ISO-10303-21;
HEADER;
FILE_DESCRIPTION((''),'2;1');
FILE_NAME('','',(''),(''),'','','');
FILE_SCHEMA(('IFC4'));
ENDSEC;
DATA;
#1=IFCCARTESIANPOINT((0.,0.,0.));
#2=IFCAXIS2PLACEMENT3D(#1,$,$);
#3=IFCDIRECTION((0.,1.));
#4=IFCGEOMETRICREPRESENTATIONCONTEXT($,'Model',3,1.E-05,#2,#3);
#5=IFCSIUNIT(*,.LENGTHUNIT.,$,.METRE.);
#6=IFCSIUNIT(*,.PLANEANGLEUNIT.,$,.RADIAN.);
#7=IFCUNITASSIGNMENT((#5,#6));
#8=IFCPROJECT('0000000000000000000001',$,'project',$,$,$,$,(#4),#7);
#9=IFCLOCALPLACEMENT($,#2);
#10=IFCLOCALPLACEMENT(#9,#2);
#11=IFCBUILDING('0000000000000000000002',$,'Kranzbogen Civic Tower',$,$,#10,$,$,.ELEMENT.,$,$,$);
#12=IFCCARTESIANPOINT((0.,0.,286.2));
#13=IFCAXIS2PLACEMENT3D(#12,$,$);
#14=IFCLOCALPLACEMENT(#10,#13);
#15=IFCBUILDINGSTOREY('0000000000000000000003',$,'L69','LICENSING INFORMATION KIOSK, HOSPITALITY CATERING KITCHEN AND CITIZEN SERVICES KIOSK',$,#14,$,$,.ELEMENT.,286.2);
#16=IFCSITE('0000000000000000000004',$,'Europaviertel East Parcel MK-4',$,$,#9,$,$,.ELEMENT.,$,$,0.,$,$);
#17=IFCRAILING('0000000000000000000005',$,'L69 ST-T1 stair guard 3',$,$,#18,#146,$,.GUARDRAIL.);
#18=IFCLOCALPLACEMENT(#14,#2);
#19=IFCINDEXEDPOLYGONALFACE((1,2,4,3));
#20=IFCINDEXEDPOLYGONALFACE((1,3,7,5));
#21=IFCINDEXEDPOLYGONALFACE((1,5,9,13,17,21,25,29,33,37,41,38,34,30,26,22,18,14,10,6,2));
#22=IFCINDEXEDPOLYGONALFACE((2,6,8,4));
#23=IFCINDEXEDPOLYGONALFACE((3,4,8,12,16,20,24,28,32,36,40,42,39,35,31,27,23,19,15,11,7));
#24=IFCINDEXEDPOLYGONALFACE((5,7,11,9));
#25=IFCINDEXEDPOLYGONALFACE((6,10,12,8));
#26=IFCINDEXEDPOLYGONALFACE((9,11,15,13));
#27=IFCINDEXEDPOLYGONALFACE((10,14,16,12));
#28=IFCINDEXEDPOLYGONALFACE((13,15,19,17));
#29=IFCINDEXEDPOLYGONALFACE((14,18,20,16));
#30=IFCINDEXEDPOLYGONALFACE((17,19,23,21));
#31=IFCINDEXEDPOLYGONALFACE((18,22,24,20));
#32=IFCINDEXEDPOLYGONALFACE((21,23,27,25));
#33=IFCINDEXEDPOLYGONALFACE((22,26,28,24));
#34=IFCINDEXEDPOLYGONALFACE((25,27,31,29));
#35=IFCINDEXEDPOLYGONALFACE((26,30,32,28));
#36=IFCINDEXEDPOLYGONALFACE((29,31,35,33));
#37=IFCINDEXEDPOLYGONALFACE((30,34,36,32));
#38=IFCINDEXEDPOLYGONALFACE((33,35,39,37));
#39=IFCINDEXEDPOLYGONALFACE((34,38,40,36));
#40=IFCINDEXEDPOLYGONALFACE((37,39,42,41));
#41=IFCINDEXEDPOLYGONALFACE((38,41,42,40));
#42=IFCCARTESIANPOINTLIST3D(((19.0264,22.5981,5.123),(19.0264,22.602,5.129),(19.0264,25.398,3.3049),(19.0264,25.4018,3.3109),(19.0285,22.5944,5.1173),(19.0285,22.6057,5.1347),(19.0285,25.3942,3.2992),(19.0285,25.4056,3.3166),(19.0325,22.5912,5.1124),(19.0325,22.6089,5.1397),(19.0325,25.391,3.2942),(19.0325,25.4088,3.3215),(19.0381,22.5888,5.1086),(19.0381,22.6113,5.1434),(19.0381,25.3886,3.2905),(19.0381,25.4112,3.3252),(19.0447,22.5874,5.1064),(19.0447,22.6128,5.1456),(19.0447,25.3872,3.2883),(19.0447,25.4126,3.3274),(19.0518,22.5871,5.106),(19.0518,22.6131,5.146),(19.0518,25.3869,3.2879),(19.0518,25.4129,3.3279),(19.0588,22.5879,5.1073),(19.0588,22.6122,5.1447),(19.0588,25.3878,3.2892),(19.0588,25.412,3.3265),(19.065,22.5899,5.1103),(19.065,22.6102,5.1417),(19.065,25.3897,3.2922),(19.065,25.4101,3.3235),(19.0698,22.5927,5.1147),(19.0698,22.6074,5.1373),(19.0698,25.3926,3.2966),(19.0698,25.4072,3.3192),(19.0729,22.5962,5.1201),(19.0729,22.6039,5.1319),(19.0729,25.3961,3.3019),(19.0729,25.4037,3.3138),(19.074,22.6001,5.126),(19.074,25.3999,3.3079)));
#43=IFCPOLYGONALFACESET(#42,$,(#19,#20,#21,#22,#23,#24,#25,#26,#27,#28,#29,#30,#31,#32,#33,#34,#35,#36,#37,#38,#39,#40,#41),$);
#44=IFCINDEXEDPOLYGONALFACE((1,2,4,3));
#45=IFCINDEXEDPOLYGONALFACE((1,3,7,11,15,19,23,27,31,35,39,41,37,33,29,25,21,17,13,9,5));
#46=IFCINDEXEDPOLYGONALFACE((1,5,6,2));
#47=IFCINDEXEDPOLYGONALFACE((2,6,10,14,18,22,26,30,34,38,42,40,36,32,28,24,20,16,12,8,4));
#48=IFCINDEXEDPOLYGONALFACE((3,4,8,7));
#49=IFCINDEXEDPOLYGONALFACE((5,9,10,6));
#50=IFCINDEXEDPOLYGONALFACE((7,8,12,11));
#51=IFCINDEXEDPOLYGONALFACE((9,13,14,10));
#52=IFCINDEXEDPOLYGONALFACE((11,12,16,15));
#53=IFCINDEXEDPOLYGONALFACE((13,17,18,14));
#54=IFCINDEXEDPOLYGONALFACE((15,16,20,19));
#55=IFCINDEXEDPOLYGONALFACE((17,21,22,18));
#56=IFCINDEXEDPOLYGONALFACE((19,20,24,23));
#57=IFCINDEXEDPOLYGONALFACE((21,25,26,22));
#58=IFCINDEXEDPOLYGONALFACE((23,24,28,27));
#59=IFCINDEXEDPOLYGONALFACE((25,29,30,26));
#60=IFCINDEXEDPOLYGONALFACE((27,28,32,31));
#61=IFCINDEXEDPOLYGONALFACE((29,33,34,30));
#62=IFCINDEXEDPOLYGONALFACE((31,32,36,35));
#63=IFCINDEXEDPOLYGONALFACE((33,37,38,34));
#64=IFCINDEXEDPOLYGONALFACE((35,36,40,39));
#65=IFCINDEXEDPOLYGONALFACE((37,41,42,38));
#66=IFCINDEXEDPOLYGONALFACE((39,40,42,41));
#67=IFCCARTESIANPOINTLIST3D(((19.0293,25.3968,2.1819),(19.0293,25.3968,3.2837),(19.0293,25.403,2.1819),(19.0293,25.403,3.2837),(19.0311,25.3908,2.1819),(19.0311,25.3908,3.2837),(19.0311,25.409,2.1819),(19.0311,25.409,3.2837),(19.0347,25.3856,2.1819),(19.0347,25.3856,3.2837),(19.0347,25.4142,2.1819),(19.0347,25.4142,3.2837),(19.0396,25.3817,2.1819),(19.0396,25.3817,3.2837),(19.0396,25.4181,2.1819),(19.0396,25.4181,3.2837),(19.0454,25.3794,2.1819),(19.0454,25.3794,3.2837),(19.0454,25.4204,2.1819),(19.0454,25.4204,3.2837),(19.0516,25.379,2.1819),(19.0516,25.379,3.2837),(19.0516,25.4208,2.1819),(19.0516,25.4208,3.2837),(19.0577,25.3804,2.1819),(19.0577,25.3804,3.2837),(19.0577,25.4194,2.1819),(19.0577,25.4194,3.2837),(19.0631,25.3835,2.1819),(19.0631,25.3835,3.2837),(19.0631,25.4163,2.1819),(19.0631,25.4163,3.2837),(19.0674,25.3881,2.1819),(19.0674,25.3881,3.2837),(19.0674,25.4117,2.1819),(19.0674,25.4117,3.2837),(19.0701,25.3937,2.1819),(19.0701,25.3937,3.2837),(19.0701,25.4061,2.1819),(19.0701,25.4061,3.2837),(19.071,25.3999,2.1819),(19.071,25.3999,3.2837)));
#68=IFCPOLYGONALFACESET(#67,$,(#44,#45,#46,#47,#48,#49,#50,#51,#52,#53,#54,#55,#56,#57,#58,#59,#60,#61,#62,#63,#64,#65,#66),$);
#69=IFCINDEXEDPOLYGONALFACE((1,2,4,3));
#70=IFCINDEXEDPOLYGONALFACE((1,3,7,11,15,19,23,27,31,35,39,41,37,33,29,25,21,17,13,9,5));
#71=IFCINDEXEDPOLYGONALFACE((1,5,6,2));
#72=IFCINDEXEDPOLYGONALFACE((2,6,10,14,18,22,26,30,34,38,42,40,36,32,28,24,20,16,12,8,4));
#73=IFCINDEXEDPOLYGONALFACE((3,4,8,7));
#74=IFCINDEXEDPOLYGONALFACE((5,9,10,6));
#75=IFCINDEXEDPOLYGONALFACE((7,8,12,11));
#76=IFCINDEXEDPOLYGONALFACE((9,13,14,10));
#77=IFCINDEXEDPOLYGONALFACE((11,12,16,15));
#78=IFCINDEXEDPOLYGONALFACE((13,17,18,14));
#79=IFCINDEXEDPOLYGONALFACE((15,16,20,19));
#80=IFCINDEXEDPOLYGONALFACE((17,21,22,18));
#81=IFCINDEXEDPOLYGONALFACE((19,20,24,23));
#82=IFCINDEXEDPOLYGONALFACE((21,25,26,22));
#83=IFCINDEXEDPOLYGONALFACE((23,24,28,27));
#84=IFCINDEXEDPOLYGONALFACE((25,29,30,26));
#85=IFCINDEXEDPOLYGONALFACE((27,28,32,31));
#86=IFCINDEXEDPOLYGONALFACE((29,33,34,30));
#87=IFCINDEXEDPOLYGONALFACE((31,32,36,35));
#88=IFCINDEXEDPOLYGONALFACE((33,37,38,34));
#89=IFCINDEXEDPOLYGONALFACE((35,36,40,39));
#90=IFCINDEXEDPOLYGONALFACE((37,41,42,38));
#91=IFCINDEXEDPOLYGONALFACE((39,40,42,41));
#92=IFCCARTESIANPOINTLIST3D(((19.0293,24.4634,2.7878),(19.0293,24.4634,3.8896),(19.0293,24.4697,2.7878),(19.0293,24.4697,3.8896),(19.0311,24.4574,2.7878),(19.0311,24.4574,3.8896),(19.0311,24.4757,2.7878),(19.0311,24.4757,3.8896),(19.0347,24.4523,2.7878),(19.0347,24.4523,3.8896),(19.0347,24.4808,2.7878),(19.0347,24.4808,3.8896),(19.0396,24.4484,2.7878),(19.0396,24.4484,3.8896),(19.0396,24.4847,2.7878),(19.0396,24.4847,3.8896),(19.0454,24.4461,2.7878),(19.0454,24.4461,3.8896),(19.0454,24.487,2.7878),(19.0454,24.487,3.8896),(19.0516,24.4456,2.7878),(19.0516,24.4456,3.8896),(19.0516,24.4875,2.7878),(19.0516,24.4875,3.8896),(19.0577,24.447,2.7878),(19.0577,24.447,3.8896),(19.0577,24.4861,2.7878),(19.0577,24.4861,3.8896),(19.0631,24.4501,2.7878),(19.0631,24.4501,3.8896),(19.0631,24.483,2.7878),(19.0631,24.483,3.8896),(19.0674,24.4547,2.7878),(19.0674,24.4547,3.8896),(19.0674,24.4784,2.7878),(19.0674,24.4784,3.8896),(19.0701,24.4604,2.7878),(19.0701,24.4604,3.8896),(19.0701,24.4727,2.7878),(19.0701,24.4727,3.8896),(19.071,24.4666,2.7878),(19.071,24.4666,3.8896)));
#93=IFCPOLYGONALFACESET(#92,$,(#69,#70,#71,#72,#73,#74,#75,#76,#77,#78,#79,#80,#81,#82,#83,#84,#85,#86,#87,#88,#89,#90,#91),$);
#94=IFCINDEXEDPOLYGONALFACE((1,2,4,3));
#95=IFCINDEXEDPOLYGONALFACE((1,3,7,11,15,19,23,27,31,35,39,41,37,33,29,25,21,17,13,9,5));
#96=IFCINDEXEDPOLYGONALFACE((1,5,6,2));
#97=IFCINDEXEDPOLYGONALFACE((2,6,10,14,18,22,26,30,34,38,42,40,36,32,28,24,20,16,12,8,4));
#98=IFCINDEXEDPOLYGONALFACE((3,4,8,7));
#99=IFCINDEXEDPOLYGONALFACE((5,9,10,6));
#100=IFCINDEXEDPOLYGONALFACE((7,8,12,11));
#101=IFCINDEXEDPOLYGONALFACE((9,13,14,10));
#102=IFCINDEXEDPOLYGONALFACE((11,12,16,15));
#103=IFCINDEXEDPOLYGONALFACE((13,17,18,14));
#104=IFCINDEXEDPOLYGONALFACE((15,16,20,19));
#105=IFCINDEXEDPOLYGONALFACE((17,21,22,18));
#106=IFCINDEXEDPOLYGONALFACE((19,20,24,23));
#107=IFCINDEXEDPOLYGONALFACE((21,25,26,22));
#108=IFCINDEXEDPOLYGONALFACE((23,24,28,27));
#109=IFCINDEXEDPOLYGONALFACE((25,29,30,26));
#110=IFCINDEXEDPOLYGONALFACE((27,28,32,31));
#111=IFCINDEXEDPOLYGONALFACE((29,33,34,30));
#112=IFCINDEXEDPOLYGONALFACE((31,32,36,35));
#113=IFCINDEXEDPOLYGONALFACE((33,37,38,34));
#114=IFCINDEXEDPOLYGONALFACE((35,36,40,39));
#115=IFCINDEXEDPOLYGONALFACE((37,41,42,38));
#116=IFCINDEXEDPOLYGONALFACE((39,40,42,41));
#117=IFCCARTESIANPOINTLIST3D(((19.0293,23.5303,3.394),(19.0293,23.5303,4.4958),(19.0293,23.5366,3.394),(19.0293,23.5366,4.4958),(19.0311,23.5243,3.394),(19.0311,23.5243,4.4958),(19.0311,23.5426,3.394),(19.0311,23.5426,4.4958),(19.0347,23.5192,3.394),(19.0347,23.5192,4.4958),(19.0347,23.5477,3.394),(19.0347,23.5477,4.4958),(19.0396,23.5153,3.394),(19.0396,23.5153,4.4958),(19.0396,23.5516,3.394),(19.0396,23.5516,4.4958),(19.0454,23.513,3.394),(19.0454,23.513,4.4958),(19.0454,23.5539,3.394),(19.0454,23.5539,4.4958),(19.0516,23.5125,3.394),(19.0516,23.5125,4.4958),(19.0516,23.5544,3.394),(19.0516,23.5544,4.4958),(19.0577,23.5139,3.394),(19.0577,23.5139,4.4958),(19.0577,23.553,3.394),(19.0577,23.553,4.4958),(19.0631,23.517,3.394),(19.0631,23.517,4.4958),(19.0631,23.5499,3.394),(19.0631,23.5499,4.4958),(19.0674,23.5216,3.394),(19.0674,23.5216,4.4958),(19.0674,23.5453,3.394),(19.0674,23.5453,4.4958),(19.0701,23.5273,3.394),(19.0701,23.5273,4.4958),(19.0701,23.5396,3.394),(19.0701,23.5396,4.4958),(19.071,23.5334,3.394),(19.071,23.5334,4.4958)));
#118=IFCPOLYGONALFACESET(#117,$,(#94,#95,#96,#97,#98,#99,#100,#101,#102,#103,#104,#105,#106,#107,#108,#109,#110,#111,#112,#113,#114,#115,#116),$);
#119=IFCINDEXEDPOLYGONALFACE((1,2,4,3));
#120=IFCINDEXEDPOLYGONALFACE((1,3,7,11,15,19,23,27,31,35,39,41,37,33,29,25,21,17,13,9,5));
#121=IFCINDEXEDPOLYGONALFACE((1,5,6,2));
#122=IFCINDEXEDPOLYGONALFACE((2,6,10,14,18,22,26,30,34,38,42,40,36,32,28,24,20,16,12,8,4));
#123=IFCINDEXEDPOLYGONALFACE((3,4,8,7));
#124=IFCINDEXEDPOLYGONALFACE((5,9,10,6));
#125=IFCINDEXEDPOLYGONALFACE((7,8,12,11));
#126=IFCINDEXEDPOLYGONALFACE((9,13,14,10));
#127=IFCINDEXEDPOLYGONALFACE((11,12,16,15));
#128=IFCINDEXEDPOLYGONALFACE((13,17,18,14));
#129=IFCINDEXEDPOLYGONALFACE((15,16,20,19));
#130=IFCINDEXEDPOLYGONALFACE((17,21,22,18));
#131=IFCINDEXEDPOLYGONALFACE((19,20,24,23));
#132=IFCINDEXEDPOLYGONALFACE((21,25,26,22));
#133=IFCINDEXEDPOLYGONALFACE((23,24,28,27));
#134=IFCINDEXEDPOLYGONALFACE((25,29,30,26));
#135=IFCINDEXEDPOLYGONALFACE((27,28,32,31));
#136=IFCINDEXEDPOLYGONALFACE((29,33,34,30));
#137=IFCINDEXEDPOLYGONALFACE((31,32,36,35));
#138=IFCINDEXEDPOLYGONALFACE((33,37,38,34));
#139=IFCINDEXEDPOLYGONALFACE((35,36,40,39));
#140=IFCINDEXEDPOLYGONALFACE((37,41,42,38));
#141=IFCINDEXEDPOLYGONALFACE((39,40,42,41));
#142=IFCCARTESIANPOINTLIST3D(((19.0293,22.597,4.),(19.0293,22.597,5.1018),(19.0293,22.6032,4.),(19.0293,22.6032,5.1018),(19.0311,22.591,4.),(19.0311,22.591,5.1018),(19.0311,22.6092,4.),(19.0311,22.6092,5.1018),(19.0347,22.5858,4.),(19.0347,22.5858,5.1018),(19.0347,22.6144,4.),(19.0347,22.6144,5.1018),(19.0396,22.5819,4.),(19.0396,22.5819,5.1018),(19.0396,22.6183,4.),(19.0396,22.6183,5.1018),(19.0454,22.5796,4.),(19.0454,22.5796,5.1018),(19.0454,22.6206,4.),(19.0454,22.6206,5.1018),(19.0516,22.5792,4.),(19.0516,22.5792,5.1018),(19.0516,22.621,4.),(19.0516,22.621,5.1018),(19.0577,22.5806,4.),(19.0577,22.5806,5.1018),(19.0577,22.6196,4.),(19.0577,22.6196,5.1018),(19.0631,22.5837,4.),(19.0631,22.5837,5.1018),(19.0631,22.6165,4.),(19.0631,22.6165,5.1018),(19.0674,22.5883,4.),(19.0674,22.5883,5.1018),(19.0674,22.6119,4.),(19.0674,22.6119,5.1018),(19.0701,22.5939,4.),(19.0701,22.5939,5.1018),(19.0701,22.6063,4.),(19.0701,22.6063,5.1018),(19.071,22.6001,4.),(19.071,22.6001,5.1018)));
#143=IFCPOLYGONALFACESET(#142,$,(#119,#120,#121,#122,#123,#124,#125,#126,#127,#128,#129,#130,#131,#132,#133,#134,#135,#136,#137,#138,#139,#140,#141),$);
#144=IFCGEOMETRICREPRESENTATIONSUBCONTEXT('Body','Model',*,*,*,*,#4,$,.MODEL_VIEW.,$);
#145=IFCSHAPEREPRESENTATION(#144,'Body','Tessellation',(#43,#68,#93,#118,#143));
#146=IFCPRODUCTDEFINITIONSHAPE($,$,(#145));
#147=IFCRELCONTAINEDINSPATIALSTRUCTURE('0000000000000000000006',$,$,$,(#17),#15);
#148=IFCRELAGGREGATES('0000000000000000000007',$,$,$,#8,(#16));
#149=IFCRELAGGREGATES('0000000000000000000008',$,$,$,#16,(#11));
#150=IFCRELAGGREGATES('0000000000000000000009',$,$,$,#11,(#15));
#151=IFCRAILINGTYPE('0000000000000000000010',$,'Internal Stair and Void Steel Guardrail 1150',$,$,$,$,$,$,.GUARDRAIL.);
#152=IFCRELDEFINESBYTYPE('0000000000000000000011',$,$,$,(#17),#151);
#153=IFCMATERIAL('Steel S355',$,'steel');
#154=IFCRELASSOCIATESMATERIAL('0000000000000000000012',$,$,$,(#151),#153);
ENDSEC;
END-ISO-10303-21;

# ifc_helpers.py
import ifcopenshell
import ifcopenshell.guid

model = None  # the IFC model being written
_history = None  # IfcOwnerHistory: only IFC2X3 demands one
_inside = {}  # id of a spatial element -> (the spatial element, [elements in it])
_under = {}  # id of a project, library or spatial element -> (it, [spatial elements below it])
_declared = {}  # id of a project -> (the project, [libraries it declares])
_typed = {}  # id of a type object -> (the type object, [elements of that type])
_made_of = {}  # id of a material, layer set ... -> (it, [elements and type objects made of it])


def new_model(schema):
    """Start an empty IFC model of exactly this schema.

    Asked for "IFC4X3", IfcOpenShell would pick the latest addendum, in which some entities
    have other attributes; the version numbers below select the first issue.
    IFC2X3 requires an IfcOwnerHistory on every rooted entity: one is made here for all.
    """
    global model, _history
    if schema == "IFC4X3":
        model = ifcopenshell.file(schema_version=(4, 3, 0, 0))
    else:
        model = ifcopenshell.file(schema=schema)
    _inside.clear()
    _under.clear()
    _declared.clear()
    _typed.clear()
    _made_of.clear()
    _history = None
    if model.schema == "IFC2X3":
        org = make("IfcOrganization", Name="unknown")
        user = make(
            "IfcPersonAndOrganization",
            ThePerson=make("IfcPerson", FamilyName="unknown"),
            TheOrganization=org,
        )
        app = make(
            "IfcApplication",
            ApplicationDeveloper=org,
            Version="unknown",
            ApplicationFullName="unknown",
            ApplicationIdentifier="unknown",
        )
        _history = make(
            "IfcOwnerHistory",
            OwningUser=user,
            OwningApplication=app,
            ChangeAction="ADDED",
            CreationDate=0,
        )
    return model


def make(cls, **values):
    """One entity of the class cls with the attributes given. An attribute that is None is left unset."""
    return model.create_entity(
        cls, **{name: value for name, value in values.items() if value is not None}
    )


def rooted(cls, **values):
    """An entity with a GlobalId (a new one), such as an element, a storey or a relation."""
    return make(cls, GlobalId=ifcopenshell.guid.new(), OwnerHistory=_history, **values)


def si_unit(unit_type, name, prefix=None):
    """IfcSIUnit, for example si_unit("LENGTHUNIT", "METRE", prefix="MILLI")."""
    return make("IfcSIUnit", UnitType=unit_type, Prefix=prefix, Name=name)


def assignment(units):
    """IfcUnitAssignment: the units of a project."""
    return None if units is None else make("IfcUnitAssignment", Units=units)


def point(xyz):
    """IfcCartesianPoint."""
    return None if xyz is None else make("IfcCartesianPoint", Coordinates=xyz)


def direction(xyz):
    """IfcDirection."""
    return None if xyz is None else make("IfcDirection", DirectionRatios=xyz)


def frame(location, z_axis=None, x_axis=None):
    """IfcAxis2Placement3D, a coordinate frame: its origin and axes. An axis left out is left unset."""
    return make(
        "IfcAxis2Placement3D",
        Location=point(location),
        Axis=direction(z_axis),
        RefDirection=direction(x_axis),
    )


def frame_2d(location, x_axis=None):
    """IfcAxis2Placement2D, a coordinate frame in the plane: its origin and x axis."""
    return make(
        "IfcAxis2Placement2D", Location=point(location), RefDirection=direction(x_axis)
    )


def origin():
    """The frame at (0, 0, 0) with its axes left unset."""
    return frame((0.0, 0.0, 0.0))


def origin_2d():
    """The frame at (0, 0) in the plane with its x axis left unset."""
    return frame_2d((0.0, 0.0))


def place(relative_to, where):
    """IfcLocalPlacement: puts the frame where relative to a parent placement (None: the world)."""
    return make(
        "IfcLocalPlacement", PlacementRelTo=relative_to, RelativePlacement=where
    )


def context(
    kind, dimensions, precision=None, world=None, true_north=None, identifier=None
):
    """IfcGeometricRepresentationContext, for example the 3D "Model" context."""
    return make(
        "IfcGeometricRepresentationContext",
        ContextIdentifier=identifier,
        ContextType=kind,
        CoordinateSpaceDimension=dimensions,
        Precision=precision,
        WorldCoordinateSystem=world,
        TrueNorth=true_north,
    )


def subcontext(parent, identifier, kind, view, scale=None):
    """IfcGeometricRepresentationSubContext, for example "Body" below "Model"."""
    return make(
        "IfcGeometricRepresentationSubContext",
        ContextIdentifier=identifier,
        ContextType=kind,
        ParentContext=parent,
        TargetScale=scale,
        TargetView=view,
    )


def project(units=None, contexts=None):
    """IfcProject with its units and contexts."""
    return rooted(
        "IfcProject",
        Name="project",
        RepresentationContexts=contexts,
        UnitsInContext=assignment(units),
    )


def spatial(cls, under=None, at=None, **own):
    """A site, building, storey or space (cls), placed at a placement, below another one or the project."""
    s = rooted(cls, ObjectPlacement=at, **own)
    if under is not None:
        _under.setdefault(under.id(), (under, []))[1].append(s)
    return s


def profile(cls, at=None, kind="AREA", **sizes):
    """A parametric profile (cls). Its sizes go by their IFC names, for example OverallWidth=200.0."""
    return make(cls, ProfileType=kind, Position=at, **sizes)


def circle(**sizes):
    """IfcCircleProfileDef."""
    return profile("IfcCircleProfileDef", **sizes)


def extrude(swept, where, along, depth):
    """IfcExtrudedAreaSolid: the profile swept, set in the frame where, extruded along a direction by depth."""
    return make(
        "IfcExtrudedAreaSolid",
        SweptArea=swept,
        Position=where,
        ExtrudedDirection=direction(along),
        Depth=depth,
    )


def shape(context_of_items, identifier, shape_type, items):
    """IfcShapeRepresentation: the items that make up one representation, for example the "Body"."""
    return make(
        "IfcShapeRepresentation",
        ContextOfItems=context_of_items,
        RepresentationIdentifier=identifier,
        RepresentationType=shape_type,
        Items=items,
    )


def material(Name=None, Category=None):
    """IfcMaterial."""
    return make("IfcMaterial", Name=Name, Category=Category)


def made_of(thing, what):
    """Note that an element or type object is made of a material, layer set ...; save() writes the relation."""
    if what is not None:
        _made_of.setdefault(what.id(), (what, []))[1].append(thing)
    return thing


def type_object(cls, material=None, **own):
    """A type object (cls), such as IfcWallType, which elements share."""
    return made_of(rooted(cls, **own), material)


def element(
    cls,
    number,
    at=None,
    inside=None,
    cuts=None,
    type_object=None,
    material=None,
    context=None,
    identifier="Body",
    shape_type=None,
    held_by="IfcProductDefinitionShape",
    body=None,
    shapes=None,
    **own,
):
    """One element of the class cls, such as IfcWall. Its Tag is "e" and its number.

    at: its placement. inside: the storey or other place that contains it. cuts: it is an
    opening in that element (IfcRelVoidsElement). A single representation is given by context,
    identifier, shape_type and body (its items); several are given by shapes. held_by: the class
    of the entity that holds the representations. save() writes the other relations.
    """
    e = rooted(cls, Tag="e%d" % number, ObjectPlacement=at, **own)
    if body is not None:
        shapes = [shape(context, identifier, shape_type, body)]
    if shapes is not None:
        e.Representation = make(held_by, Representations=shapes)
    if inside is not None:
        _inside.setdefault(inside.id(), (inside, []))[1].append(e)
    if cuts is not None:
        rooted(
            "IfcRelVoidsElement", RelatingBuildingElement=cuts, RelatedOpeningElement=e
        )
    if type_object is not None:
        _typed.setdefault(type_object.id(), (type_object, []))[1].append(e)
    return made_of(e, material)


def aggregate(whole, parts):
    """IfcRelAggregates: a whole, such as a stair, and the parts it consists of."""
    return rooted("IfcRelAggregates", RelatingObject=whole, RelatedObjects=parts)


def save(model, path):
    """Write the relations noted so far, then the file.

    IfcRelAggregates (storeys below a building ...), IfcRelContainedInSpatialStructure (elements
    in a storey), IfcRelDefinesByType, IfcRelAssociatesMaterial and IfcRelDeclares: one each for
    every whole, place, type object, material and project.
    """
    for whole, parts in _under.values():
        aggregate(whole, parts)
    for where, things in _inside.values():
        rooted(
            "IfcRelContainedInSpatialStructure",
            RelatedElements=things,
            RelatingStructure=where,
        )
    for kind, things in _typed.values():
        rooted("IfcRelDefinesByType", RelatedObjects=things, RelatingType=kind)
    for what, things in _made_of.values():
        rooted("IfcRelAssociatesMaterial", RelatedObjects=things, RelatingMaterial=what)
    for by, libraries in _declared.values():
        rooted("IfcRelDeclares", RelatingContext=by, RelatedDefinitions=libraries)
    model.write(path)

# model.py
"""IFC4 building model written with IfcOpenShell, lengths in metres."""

from ifc_helpers import new_model, si_unit, direction, frame, origin, origin_2d, place, context, subcontext, project, spatial, circle, extrude, material, type_object, element, save


model = new_model("IFC4")

# Units and contexts
model_context = context("Model", 3, precision=1e-05, world=origin(), true_north=direction((0.0, 1.0)))
body_context = subcontext(model_context, "Body", "Model", "MODEL_VIEW")
ifc_project = project(units=[si_unit("LENGTHUNIT", "METRE"), si_unit("PLANEANGLEUNIT", "RADIAN")], contexts=[model_context])

# Site, building, storey
site_placement = place(None, origin())
site = spatial("IfcSite", under=ifc_project, at=site_placement, Name="Europaviertel East Parcel MK-4", CompositionType="ELEMENT", RefElevation=0.0)
building_placement = place(site_placement, origin())
building = spatial("IfcBuilding", under=site, at=building_placement, Name="Kranzbogen Civic Tower", CompositionType="ELEMENT")
storey_placement = place(building_placement, frame((0.0, 0.0, 286.2)))
storey = spatial("IfcBuildingStorey", under=building, at=storey_placement, Name="L69", Description="LICENSING INFORMATION KIOSK, HOSPITALITY CATERING KITCHEN AND CITIZEN SERVICES KIOSK", CompositionType="ELEMENT", Elevation=286.2)

# Shared definitions
ifc_material_1 = material(Name="Steel S355", Category="steel")

# Railing
railing_type_1 = type_object("IfcRailingType", Name="Internal Stair and Void Steel Guardrail 1150", PredefinedType="GUARDRAIL", material=ifc_material_1)
railing_1_placement = place(storey_placement, frame((19.05, 25.3999, 2.1819)))
element("IfcRailing", 1, at=railing_1_placement, inside=storey, type_object=railing_type_1, Name="L69 ST-T1 stair guard 3", PredefinedType="GUARDRAIL", context=body_context, shape_type="SweptSolid", body=[
    extrude(circle(Radius=0.0239, at=origin_2d()), frame((0.0, 0.0, 1.126), z_axis=(0.0, -0.838684, 0.544618), x_axis=(1.0, 0.0, 0.0)), (0.0, 0.0, 1.0), 3.3384),
    extrude(circle(Radius=0.021, at=origin_2d()), origin(), (0.0, 0.0, 1.0), 1.1018),
    extrude(circle(Radius=0.021, at=origin_2d()), frame((0.0, -0.9333, 0.606)), (0.0, 0.0, 1.0), 1.1018),
    extrude(circle(Radius=0.021, at=origin_2d()), frame((0.0, -1.8665, 1.2122)), (0.0, 0.0, 1.0), 1.1018),
    extrude(circle(Radius=0.021, at=origin_2d()), frame((0.0, -2.7998, 1.8181)), (0.0, 0.0, 1.0), 1.1018),
])

save(model, "model.ifc")
